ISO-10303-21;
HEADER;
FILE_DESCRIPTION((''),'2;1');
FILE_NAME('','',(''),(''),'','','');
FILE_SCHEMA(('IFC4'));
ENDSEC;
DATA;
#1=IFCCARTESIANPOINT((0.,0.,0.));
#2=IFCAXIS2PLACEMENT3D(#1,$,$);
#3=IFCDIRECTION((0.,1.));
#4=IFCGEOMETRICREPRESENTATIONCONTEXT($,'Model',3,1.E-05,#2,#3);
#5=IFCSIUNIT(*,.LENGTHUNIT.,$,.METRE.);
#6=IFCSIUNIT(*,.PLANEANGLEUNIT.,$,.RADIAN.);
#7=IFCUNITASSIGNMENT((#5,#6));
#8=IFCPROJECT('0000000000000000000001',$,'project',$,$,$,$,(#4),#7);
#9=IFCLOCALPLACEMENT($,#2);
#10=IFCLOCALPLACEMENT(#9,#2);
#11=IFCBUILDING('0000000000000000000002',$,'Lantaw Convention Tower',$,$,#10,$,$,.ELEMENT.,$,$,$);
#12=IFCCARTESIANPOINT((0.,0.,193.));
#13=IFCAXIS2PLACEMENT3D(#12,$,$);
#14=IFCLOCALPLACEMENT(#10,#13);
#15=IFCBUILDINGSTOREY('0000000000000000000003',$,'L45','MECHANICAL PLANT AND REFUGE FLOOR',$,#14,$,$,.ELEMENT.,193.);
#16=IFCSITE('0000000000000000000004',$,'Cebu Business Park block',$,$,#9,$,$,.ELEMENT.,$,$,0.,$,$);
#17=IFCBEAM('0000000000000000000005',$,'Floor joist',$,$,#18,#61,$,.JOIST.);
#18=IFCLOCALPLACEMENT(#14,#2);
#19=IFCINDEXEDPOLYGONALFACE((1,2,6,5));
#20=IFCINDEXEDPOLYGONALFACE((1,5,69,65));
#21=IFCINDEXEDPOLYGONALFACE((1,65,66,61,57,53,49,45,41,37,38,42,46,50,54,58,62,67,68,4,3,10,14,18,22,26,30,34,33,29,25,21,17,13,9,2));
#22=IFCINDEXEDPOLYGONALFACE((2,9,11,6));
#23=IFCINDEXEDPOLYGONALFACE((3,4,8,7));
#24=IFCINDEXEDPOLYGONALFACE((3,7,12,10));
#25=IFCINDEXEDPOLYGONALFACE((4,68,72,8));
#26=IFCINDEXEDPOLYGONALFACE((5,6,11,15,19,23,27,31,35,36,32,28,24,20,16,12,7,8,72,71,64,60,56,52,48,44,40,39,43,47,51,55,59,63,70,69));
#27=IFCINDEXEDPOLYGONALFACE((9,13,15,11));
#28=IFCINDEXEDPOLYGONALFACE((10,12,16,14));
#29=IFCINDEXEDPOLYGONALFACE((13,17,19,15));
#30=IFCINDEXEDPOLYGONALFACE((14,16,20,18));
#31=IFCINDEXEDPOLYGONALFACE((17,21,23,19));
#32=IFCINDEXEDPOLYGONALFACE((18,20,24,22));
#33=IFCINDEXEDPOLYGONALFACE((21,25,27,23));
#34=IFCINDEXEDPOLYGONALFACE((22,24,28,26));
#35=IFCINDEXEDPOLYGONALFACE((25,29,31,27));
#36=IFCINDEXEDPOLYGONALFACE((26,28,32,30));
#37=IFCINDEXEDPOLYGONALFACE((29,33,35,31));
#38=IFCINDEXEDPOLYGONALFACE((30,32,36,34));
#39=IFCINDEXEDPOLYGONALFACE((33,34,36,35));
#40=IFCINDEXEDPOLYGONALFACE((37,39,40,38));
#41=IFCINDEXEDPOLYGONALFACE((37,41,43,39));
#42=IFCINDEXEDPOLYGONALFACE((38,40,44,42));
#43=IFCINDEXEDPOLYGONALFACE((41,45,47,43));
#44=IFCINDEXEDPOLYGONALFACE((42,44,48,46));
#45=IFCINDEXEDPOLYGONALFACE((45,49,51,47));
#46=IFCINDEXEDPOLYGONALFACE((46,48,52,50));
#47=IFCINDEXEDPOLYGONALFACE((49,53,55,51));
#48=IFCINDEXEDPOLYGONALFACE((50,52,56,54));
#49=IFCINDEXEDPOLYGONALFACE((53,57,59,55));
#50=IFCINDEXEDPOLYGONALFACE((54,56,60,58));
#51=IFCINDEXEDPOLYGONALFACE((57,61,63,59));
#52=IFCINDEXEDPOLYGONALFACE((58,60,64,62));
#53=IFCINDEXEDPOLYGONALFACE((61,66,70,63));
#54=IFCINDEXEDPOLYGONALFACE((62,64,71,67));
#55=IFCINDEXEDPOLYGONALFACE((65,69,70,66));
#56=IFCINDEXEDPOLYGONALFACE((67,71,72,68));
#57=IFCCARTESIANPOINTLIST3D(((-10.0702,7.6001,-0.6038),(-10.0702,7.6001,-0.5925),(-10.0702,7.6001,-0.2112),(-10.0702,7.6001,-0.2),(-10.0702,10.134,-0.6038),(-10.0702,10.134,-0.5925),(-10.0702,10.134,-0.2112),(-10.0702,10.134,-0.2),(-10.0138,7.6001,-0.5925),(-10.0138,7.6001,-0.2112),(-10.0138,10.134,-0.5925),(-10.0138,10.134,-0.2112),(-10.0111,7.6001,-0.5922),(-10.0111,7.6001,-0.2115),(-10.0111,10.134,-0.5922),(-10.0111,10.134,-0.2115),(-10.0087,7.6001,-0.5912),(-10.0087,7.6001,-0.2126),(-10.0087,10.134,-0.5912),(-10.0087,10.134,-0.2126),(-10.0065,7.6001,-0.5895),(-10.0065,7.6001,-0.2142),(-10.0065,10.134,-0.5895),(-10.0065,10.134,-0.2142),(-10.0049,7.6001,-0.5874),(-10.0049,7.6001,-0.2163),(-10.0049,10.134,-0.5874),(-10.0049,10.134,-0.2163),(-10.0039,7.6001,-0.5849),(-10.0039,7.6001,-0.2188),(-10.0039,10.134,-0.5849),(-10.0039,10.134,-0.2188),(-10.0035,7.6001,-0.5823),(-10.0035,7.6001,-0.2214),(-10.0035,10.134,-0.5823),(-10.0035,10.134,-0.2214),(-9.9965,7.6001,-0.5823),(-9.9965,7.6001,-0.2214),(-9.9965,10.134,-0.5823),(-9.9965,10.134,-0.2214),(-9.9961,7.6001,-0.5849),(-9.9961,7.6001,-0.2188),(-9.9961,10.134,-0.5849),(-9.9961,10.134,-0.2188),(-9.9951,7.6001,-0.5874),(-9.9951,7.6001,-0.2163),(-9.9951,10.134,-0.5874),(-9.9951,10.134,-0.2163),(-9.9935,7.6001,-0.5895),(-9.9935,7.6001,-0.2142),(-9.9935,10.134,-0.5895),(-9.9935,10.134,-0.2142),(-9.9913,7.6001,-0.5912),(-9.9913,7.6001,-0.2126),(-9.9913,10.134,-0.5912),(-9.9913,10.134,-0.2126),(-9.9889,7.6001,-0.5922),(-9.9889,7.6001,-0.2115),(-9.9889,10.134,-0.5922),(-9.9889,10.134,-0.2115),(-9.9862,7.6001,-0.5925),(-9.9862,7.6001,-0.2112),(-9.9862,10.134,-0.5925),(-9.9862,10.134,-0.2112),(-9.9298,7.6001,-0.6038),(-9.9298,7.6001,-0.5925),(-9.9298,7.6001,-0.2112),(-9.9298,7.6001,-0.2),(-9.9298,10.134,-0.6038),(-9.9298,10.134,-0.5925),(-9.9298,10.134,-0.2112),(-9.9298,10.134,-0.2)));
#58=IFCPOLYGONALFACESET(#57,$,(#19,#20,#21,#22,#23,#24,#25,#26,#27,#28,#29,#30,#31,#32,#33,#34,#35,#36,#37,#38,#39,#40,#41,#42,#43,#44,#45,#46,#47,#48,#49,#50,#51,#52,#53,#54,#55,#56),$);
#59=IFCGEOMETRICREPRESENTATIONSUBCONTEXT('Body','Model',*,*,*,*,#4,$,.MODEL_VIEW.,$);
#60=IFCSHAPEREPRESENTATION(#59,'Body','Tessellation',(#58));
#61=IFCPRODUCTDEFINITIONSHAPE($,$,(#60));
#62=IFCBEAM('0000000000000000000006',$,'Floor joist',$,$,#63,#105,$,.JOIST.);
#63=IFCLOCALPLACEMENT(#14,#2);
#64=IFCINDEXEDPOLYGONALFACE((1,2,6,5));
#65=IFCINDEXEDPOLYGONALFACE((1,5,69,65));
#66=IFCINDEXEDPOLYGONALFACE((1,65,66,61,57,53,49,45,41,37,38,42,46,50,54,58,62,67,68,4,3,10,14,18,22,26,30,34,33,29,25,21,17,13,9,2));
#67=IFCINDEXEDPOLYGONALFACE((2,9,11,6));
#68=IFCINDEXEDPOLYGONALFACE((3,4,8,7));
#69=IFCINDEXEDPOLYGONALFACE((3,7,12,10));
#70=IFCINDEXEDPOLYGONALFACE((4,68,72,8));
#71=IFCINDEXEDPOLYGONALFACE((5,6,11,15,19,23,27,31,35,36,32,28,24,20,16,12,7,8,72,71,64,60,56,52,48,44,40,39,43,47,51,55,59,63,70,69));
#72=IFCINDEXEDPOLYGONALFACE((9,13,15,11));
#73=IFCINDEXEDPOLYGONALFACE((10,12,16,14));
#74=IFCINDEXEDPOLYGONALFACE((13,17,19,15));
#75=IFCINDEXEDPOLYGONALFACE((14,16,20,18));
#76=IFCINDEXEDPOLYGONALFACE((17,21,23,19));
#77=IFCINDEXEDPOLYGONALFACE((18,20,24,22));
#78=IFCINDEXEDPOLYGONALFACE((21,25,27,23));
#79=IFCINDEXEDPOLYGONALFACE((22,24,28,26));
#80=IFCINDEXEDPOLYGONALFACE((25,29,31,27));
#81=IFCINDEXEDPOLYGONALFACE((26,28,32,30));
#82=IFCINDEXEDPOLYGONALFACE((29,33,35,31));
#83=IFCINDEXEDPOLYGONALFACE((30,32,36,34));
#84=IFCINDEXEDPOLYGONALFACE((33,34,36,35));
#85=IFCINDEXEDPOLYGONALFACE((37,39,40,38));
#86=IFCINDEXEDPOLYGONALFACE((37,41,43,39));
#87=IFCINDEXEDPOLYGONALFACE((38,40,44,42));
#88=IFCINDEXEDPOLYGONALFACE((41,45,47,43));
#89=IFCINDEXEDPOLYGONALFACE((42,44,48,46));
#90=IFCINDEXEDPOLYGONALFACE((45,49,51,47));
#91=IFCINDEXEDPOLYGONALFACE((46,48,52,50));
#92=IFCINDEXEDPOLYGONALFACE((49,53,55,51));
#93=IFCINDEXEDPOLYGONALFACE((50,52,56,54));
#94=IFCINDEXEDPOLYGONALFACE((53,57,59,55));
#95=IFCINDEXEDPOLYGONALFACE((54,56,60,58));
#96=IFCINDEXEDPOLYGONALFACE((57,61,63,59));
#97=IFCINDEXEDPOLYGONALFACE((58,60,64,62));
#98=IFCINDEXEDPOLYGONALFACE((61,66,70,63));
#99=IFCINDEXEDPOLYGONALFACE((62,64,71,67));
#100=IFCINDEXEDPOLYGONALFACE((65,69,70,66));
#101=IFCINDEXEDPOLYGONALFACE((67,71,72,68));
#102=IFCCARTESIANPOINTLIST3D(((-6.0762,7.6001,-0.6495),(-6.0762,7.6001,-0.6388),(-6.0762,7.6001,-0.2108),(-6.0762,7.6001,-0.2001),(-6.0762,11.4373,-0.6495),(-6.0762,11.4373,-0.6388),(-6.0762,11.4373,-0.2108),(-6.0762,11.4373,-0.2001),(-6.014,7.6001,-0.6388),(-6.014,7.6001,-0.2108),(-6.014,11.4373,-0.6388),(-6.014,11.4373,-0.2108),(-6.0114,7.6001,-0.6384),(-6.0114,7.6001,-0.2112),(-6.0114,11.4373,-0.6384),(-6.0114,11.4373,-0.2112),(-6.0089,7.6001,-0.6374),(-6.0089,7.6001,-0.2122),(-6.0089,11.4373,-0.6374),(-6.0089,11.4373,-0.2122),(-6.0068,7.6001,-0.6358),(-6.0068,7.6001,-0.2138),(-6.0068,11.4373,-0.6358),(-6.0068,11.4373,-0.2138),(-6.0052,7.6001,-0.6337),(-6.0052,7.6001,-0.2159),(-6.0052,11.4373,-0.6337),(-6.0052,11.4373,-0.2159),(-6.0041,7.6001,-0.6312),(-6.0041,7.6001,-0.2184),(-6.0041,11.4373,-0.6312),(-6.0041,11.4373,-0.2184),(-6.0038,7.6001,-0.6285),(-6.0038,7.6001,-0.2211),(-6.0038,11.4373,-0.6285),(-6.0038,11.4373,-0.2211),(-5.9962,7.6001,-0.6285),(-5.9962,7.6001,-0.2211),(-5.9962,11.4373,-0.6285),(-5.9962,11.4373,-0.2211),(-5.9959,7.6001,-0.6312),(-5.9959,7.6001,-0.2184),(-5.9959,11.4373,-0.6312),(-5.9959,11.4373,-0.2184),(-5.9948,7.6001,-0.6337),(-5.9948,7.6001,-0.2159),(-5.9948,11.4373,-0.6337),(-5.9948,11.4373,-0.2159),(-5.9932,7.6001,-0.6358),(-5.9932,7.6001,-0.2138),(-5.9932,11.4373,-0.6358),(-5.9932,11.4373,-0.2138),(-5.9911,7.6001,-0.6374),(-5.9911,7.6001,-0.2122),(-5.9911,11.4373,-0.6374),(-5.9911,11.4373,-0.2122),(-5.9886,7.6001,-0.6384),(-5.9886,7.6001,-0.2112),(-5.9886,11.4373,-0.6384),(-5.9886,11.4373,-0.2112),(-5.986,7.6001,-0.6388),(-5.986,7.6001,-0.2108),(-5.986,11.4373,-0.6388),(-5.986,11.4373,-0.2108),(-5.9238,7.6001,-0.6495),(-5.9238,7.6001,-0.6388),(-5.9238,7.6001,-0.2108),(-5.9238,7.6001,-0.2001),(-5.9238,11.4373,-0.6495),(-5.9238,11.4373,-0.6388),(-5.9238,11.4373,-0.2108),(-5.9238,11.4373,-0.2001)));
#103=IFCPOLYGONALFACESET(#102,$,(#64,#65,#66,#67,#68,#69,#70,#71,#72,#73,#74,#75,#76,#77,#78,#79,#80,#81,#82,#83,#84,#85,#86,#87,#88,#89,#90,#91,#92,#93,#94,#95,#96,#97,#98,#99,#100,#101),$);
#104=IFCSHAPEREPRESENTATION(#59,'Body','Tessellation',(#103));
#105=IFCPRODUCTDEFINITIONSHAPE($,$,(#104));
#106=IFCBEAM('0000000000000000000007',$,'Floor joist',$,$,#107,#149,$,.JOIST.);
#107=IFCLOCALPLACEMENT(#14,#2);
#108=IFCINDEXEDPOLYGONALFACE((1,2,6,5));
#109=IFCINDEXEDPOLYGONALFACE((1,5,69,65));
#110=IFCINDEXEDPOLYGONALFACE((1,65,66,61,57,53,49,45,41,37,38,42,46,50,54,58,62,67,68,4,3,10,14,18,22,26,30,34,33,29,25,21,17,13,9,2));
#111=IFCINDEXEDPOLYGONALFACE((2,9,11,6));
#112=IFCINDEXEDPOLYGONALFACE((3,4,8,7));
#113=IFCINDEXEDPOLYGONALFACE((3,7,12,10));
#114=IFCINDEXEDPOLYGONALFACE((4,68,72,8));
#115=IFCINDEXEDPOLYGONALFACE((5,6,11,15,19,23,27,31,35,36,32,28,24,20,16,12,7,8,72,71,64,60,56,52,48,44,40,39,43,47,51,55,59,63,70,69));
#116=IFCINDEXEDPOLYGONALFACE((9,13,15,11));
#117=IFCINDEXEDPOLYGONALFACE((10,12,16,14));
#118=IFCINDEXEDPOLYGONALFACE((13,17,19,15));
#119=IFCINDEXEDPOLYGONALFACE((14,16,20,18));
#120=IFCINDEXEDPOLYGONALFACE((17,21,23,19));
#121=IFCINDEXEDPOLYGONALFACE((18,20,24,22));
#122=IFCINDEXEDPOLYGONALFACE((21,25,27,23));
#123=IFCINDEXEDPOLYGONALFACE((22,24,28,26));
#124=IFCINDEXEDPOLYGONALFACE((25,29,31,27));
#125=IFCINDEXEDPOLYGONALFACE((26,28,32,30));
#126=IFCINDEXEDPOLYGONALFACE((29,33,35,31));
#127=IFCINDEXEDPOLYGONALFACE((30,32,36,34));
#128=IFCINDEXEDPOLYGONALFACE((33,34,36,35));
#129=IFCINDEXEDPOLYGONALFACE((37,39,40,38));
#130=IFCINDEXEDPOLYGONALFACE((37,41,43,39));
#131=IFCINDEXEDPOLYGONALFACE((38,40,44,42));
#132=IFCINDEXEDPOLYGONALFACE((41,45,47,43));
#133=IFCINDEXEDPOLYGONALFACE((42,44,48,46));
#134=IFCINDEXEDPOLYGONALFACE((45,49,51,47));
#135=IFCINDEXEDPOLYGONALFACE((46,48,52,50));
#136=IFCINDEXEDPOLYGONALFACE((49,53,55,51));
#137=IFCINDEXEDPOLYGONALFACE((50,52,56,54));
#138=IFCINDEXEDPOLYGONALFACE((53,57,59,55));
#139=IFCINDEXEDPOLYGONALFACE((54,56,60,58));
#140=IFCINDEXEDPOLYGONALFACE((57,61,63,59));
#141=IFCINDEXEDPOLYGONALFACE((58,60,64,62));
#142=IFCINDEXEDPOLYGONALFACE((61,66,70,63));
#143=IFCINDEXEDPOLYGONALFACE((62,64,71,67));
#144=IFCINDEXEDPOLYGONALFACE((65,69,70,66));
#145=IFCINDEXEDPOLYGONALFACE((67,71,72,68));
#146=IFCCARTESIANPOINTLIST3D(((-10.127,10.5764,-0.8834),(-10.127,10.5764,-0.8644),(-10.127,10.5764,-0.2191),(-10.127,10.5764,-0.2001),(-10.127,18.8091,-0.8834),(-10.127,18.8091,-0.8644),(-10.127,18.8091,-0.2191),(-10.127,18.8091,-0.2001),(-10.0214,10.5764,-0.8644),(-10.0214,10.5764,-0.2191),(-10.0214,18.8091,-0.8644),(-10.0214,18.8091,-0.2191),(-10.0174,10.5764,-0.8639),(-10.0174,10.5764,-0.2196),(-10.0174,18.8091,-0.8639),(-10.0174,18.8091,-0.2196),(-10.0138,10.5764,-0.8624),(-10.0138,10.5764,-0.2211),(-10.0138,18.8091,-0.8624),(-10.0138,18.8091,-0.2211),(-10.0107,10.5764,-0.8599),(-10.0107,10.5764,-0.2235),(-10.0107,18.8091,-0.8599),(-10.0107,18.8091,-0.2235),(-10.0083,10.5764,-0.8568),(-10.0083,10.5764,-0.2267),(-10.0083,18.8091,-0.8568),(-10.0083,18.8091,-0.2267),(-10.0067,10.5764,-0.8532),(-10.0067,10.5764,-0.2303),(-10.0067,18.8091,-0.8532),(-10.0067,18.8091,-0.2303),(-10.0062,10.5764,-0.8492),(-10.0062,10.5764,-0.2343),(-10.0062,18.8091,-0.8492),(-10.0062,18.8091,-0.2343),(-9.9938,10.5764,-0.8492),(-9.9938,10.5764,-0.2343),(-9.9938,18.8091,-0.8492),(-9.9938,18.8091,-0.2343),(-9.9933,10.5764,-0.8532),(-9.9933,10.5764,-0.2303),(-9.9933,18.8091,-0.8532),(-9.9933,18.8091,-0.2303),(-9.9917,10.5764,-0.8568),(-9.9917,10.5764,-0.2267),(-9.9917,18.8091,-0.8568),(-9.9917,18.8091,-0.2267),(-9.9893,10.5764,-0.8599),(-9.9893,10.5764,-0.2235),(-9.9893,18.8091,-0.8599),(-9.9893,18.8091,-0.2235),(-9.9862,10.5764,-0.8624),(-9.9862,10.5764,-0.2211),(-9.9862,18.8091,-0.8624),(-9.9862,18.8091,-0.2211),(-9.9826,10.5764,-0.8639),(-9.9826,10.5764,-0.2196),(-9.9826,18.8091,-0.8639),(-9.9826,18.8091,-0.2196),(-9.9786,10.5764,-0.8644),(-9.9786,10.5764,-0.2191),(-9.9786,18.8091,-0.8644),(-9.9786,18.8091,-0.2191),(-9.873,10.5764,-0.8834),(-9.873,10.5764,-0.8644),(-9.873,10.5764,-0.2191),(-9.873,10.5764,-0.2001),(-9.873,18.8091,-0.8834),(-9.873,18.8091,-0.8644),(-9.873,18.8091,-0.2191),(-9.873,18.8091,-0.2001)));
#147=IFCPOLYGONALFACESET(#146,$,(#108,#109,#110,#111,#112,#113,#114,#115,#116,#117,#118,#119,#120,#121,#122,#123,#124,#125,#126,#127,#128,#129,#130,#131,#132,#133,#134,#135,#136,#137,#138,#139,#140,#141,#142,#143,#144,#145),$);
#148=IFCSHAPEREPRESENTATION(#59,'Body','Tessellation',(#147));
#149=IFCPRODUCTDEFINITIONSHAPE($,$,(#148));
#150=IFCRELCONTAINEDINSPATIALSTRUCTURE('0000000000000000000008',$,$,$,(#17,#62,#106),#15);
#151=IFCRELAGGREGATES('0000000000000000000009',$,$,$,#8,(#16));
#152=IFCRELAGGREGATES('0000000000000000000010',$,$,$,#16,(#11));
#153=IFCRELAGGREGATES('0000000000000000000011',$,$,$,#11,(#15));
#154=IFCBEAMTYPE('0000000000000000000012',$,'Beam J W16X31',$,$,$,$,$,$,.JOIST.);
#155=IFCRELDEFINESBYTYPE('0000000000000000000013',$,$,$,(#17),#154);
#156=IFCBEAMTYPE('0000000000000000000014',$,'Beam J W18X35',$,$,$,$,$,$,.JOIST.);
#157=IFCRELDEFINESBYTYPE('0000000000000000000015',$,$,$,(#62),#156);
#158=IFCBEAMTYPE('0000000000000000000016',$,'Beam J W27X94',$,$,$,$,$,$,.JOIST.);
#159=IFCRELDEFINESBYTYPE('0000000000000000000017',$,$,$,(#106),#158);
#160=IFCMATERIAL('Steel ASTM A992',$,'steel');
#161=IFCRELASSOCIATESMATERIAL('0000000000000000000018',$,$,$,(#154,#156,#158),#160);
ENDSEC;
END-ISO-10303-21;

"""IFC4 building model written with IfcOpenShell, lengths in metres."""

from ifc_helpers import new_model, si_unit, direction, frame, origin, origin_2d, place, context, subcontext, project, spatial, i_section, extrude, material, material_profile, profile_set, type_object, element, save


model = new_model("IFC4")

# Units and contexts
model_context = context("Model", 3, precision=1e-05, world=origin(), true_north=direction((0.0, 1.0)))
body_context = subcontext(model_context, "Body", "Model", "MODEL_VIEW")
ifc_project = project(units=[si_unit("LENGTHUNIT", "METRE"), si_unit("PLANEANGLEUNIT", "RADIAN")], contexts=[model_context])

# Site, building, storey
site_placement = place(None, origin())
site = spatial("IfcSite", under=ifc_project, at=site_placement, Name="Cebu Business Park block", CompositionType="ELEMENT", RefElevation=0.0)
building_placement = place(site_placement, origin())
building = spatial("IfcBuilding", under=site, at=building_placement, Name="Lantaw Convention Tower", CompositionType="ELEMENT")
storey_placement = place(building_placement, frame((0.0, 0.0, 193.0)))
storey = spatial("IfcBuildingStorey", under=building, at=storey_placement, Name="L45", Description="MECHANICAL PLANT AND REFUGE FLOOR", CompositionType="ELEMENT", Elevation=193.0)

# Beams
ifc_material_1 = material(Name="Steel ASTM A992", Category="steel")
ifc_material_profile_1 = material_profile(ifc_material_1, i_section(OverallWidth=0.1404, OverallDepth=0.4038, WebThickness=0.0071, FlangeThickness=0.0112, FilletRadius=0.0103, at=origin_2d()), Name="W16X31")
ifc_profile_set_1 = profile_set([ifc_material_profile_1], Name="Steel ASTM A992")
beam_type_1 = type_object("IfcBeamType", Name="Beam J W16X31", PredefinedType="JOIST", material=ifc_profile_set_1)
beam_1_placement = place(storey_placement, frame((-10.0, 7.6001, -0.4019), z_axis=(0.0, 1.0, 0.0), x_axis=(-1.0, 0.0, 0.0)))
element("IfcBeam", 1, at=beam_1_placement, inside=storey, type_object=beam_type_1, Name="Floor joist", PredefinedType="JOIST", context=body_context, shape_type="SweptSolid", body=[
    extrude(i_section(OverallWidth=0.1404, OverallDepth=0.4038, WebThickness=0.0071, FlangeThickness=0.0112, FilletRadius=0.0103, at=origin_2d()), origin(), (0.0, 0.0, 1.0), 2.5339),
])
ifc_material_profile_2 = material_profile(ifc_material_1, i_section(OverallWidth=0.1523, OverallDepth=0.4495, WebThickness=0.0076, FlangeThickness=0.0107, FilletRadius=0.0103, at=origin_2d()), Name="W18X35")
ifc_profile_set_2 = profile_set([ifc_material_profile_2], Name="Steel ASTM A992")
beam_type_2 = type_object("IfcBeamType", Name="Beam J W18X35", PredefinedType="JOIST", material=ifc_profile_set_2)
beam_2_placement = place(storey_placement, frame((-6.0, 7.6001, -0.4248), z_axis=(0.0, 1.0, 0.0), x_axis=(-1.0, 0.0, 0.0)))
element("IfcBeam", 2, at=beam_2_placement, inside=storey, type_object=beam_type_2, Name="Floor joist", PredefinedType="JOIST", context=body_context, shape_type="SweptSolid", body=[
    extrude(i_section(OverallWidth=0.1523, OverallDepth=0.4495, WebThickness=0.0076, FlangeThickness=0.0107, FilletRadius=0.0103, at=origin_2d()), origin(), (0.0, 0.0, 1.0), 3.8372),
])
ifc_material_profile_3 = material_profile(ifc_material_1, i_section(OverallWidth=0.2539, OverallDepth=0.6833, WebThickness=0.0125, FlangeThickness=0.019, FilletRadius=0.0151, at=origin_2d()), Name="W27X94")
ifc_profile_set_3 = profile_set([ifc_material_profile_3], Name="Steel ASTM A992")
beam_type_3 = type_object("IfcBeamType", Name="Beam J W27X94", PredefinedType="JOIST", material=ifc_profile_set_3)
beam_3_placement = place(storey_placement, frame((-10.0, 10.5764, -0.5417), z_axis=(0.0, 1.0, 0.0), x_axis=(-1.0, 0.0, 0.0)))
element("IfcBeam", 3, at=beam_3_placement, inside=storey, type_object=beam_type_3, Name="Floor joist", PredefinedType="JOIST", context=body_context, shape_type="SweptSolid", body=[
    extrude(i_section(OverallWidth=0.2539, OverallDepth=0.6833, WebThickness=0.0125, FlangeThickness=0.019, FilletRadius=0.0151, at=origin_2d()), origin(), (0.0, 0.0, 1.0), 8.2327),
])

save(model, "model.ifc")
